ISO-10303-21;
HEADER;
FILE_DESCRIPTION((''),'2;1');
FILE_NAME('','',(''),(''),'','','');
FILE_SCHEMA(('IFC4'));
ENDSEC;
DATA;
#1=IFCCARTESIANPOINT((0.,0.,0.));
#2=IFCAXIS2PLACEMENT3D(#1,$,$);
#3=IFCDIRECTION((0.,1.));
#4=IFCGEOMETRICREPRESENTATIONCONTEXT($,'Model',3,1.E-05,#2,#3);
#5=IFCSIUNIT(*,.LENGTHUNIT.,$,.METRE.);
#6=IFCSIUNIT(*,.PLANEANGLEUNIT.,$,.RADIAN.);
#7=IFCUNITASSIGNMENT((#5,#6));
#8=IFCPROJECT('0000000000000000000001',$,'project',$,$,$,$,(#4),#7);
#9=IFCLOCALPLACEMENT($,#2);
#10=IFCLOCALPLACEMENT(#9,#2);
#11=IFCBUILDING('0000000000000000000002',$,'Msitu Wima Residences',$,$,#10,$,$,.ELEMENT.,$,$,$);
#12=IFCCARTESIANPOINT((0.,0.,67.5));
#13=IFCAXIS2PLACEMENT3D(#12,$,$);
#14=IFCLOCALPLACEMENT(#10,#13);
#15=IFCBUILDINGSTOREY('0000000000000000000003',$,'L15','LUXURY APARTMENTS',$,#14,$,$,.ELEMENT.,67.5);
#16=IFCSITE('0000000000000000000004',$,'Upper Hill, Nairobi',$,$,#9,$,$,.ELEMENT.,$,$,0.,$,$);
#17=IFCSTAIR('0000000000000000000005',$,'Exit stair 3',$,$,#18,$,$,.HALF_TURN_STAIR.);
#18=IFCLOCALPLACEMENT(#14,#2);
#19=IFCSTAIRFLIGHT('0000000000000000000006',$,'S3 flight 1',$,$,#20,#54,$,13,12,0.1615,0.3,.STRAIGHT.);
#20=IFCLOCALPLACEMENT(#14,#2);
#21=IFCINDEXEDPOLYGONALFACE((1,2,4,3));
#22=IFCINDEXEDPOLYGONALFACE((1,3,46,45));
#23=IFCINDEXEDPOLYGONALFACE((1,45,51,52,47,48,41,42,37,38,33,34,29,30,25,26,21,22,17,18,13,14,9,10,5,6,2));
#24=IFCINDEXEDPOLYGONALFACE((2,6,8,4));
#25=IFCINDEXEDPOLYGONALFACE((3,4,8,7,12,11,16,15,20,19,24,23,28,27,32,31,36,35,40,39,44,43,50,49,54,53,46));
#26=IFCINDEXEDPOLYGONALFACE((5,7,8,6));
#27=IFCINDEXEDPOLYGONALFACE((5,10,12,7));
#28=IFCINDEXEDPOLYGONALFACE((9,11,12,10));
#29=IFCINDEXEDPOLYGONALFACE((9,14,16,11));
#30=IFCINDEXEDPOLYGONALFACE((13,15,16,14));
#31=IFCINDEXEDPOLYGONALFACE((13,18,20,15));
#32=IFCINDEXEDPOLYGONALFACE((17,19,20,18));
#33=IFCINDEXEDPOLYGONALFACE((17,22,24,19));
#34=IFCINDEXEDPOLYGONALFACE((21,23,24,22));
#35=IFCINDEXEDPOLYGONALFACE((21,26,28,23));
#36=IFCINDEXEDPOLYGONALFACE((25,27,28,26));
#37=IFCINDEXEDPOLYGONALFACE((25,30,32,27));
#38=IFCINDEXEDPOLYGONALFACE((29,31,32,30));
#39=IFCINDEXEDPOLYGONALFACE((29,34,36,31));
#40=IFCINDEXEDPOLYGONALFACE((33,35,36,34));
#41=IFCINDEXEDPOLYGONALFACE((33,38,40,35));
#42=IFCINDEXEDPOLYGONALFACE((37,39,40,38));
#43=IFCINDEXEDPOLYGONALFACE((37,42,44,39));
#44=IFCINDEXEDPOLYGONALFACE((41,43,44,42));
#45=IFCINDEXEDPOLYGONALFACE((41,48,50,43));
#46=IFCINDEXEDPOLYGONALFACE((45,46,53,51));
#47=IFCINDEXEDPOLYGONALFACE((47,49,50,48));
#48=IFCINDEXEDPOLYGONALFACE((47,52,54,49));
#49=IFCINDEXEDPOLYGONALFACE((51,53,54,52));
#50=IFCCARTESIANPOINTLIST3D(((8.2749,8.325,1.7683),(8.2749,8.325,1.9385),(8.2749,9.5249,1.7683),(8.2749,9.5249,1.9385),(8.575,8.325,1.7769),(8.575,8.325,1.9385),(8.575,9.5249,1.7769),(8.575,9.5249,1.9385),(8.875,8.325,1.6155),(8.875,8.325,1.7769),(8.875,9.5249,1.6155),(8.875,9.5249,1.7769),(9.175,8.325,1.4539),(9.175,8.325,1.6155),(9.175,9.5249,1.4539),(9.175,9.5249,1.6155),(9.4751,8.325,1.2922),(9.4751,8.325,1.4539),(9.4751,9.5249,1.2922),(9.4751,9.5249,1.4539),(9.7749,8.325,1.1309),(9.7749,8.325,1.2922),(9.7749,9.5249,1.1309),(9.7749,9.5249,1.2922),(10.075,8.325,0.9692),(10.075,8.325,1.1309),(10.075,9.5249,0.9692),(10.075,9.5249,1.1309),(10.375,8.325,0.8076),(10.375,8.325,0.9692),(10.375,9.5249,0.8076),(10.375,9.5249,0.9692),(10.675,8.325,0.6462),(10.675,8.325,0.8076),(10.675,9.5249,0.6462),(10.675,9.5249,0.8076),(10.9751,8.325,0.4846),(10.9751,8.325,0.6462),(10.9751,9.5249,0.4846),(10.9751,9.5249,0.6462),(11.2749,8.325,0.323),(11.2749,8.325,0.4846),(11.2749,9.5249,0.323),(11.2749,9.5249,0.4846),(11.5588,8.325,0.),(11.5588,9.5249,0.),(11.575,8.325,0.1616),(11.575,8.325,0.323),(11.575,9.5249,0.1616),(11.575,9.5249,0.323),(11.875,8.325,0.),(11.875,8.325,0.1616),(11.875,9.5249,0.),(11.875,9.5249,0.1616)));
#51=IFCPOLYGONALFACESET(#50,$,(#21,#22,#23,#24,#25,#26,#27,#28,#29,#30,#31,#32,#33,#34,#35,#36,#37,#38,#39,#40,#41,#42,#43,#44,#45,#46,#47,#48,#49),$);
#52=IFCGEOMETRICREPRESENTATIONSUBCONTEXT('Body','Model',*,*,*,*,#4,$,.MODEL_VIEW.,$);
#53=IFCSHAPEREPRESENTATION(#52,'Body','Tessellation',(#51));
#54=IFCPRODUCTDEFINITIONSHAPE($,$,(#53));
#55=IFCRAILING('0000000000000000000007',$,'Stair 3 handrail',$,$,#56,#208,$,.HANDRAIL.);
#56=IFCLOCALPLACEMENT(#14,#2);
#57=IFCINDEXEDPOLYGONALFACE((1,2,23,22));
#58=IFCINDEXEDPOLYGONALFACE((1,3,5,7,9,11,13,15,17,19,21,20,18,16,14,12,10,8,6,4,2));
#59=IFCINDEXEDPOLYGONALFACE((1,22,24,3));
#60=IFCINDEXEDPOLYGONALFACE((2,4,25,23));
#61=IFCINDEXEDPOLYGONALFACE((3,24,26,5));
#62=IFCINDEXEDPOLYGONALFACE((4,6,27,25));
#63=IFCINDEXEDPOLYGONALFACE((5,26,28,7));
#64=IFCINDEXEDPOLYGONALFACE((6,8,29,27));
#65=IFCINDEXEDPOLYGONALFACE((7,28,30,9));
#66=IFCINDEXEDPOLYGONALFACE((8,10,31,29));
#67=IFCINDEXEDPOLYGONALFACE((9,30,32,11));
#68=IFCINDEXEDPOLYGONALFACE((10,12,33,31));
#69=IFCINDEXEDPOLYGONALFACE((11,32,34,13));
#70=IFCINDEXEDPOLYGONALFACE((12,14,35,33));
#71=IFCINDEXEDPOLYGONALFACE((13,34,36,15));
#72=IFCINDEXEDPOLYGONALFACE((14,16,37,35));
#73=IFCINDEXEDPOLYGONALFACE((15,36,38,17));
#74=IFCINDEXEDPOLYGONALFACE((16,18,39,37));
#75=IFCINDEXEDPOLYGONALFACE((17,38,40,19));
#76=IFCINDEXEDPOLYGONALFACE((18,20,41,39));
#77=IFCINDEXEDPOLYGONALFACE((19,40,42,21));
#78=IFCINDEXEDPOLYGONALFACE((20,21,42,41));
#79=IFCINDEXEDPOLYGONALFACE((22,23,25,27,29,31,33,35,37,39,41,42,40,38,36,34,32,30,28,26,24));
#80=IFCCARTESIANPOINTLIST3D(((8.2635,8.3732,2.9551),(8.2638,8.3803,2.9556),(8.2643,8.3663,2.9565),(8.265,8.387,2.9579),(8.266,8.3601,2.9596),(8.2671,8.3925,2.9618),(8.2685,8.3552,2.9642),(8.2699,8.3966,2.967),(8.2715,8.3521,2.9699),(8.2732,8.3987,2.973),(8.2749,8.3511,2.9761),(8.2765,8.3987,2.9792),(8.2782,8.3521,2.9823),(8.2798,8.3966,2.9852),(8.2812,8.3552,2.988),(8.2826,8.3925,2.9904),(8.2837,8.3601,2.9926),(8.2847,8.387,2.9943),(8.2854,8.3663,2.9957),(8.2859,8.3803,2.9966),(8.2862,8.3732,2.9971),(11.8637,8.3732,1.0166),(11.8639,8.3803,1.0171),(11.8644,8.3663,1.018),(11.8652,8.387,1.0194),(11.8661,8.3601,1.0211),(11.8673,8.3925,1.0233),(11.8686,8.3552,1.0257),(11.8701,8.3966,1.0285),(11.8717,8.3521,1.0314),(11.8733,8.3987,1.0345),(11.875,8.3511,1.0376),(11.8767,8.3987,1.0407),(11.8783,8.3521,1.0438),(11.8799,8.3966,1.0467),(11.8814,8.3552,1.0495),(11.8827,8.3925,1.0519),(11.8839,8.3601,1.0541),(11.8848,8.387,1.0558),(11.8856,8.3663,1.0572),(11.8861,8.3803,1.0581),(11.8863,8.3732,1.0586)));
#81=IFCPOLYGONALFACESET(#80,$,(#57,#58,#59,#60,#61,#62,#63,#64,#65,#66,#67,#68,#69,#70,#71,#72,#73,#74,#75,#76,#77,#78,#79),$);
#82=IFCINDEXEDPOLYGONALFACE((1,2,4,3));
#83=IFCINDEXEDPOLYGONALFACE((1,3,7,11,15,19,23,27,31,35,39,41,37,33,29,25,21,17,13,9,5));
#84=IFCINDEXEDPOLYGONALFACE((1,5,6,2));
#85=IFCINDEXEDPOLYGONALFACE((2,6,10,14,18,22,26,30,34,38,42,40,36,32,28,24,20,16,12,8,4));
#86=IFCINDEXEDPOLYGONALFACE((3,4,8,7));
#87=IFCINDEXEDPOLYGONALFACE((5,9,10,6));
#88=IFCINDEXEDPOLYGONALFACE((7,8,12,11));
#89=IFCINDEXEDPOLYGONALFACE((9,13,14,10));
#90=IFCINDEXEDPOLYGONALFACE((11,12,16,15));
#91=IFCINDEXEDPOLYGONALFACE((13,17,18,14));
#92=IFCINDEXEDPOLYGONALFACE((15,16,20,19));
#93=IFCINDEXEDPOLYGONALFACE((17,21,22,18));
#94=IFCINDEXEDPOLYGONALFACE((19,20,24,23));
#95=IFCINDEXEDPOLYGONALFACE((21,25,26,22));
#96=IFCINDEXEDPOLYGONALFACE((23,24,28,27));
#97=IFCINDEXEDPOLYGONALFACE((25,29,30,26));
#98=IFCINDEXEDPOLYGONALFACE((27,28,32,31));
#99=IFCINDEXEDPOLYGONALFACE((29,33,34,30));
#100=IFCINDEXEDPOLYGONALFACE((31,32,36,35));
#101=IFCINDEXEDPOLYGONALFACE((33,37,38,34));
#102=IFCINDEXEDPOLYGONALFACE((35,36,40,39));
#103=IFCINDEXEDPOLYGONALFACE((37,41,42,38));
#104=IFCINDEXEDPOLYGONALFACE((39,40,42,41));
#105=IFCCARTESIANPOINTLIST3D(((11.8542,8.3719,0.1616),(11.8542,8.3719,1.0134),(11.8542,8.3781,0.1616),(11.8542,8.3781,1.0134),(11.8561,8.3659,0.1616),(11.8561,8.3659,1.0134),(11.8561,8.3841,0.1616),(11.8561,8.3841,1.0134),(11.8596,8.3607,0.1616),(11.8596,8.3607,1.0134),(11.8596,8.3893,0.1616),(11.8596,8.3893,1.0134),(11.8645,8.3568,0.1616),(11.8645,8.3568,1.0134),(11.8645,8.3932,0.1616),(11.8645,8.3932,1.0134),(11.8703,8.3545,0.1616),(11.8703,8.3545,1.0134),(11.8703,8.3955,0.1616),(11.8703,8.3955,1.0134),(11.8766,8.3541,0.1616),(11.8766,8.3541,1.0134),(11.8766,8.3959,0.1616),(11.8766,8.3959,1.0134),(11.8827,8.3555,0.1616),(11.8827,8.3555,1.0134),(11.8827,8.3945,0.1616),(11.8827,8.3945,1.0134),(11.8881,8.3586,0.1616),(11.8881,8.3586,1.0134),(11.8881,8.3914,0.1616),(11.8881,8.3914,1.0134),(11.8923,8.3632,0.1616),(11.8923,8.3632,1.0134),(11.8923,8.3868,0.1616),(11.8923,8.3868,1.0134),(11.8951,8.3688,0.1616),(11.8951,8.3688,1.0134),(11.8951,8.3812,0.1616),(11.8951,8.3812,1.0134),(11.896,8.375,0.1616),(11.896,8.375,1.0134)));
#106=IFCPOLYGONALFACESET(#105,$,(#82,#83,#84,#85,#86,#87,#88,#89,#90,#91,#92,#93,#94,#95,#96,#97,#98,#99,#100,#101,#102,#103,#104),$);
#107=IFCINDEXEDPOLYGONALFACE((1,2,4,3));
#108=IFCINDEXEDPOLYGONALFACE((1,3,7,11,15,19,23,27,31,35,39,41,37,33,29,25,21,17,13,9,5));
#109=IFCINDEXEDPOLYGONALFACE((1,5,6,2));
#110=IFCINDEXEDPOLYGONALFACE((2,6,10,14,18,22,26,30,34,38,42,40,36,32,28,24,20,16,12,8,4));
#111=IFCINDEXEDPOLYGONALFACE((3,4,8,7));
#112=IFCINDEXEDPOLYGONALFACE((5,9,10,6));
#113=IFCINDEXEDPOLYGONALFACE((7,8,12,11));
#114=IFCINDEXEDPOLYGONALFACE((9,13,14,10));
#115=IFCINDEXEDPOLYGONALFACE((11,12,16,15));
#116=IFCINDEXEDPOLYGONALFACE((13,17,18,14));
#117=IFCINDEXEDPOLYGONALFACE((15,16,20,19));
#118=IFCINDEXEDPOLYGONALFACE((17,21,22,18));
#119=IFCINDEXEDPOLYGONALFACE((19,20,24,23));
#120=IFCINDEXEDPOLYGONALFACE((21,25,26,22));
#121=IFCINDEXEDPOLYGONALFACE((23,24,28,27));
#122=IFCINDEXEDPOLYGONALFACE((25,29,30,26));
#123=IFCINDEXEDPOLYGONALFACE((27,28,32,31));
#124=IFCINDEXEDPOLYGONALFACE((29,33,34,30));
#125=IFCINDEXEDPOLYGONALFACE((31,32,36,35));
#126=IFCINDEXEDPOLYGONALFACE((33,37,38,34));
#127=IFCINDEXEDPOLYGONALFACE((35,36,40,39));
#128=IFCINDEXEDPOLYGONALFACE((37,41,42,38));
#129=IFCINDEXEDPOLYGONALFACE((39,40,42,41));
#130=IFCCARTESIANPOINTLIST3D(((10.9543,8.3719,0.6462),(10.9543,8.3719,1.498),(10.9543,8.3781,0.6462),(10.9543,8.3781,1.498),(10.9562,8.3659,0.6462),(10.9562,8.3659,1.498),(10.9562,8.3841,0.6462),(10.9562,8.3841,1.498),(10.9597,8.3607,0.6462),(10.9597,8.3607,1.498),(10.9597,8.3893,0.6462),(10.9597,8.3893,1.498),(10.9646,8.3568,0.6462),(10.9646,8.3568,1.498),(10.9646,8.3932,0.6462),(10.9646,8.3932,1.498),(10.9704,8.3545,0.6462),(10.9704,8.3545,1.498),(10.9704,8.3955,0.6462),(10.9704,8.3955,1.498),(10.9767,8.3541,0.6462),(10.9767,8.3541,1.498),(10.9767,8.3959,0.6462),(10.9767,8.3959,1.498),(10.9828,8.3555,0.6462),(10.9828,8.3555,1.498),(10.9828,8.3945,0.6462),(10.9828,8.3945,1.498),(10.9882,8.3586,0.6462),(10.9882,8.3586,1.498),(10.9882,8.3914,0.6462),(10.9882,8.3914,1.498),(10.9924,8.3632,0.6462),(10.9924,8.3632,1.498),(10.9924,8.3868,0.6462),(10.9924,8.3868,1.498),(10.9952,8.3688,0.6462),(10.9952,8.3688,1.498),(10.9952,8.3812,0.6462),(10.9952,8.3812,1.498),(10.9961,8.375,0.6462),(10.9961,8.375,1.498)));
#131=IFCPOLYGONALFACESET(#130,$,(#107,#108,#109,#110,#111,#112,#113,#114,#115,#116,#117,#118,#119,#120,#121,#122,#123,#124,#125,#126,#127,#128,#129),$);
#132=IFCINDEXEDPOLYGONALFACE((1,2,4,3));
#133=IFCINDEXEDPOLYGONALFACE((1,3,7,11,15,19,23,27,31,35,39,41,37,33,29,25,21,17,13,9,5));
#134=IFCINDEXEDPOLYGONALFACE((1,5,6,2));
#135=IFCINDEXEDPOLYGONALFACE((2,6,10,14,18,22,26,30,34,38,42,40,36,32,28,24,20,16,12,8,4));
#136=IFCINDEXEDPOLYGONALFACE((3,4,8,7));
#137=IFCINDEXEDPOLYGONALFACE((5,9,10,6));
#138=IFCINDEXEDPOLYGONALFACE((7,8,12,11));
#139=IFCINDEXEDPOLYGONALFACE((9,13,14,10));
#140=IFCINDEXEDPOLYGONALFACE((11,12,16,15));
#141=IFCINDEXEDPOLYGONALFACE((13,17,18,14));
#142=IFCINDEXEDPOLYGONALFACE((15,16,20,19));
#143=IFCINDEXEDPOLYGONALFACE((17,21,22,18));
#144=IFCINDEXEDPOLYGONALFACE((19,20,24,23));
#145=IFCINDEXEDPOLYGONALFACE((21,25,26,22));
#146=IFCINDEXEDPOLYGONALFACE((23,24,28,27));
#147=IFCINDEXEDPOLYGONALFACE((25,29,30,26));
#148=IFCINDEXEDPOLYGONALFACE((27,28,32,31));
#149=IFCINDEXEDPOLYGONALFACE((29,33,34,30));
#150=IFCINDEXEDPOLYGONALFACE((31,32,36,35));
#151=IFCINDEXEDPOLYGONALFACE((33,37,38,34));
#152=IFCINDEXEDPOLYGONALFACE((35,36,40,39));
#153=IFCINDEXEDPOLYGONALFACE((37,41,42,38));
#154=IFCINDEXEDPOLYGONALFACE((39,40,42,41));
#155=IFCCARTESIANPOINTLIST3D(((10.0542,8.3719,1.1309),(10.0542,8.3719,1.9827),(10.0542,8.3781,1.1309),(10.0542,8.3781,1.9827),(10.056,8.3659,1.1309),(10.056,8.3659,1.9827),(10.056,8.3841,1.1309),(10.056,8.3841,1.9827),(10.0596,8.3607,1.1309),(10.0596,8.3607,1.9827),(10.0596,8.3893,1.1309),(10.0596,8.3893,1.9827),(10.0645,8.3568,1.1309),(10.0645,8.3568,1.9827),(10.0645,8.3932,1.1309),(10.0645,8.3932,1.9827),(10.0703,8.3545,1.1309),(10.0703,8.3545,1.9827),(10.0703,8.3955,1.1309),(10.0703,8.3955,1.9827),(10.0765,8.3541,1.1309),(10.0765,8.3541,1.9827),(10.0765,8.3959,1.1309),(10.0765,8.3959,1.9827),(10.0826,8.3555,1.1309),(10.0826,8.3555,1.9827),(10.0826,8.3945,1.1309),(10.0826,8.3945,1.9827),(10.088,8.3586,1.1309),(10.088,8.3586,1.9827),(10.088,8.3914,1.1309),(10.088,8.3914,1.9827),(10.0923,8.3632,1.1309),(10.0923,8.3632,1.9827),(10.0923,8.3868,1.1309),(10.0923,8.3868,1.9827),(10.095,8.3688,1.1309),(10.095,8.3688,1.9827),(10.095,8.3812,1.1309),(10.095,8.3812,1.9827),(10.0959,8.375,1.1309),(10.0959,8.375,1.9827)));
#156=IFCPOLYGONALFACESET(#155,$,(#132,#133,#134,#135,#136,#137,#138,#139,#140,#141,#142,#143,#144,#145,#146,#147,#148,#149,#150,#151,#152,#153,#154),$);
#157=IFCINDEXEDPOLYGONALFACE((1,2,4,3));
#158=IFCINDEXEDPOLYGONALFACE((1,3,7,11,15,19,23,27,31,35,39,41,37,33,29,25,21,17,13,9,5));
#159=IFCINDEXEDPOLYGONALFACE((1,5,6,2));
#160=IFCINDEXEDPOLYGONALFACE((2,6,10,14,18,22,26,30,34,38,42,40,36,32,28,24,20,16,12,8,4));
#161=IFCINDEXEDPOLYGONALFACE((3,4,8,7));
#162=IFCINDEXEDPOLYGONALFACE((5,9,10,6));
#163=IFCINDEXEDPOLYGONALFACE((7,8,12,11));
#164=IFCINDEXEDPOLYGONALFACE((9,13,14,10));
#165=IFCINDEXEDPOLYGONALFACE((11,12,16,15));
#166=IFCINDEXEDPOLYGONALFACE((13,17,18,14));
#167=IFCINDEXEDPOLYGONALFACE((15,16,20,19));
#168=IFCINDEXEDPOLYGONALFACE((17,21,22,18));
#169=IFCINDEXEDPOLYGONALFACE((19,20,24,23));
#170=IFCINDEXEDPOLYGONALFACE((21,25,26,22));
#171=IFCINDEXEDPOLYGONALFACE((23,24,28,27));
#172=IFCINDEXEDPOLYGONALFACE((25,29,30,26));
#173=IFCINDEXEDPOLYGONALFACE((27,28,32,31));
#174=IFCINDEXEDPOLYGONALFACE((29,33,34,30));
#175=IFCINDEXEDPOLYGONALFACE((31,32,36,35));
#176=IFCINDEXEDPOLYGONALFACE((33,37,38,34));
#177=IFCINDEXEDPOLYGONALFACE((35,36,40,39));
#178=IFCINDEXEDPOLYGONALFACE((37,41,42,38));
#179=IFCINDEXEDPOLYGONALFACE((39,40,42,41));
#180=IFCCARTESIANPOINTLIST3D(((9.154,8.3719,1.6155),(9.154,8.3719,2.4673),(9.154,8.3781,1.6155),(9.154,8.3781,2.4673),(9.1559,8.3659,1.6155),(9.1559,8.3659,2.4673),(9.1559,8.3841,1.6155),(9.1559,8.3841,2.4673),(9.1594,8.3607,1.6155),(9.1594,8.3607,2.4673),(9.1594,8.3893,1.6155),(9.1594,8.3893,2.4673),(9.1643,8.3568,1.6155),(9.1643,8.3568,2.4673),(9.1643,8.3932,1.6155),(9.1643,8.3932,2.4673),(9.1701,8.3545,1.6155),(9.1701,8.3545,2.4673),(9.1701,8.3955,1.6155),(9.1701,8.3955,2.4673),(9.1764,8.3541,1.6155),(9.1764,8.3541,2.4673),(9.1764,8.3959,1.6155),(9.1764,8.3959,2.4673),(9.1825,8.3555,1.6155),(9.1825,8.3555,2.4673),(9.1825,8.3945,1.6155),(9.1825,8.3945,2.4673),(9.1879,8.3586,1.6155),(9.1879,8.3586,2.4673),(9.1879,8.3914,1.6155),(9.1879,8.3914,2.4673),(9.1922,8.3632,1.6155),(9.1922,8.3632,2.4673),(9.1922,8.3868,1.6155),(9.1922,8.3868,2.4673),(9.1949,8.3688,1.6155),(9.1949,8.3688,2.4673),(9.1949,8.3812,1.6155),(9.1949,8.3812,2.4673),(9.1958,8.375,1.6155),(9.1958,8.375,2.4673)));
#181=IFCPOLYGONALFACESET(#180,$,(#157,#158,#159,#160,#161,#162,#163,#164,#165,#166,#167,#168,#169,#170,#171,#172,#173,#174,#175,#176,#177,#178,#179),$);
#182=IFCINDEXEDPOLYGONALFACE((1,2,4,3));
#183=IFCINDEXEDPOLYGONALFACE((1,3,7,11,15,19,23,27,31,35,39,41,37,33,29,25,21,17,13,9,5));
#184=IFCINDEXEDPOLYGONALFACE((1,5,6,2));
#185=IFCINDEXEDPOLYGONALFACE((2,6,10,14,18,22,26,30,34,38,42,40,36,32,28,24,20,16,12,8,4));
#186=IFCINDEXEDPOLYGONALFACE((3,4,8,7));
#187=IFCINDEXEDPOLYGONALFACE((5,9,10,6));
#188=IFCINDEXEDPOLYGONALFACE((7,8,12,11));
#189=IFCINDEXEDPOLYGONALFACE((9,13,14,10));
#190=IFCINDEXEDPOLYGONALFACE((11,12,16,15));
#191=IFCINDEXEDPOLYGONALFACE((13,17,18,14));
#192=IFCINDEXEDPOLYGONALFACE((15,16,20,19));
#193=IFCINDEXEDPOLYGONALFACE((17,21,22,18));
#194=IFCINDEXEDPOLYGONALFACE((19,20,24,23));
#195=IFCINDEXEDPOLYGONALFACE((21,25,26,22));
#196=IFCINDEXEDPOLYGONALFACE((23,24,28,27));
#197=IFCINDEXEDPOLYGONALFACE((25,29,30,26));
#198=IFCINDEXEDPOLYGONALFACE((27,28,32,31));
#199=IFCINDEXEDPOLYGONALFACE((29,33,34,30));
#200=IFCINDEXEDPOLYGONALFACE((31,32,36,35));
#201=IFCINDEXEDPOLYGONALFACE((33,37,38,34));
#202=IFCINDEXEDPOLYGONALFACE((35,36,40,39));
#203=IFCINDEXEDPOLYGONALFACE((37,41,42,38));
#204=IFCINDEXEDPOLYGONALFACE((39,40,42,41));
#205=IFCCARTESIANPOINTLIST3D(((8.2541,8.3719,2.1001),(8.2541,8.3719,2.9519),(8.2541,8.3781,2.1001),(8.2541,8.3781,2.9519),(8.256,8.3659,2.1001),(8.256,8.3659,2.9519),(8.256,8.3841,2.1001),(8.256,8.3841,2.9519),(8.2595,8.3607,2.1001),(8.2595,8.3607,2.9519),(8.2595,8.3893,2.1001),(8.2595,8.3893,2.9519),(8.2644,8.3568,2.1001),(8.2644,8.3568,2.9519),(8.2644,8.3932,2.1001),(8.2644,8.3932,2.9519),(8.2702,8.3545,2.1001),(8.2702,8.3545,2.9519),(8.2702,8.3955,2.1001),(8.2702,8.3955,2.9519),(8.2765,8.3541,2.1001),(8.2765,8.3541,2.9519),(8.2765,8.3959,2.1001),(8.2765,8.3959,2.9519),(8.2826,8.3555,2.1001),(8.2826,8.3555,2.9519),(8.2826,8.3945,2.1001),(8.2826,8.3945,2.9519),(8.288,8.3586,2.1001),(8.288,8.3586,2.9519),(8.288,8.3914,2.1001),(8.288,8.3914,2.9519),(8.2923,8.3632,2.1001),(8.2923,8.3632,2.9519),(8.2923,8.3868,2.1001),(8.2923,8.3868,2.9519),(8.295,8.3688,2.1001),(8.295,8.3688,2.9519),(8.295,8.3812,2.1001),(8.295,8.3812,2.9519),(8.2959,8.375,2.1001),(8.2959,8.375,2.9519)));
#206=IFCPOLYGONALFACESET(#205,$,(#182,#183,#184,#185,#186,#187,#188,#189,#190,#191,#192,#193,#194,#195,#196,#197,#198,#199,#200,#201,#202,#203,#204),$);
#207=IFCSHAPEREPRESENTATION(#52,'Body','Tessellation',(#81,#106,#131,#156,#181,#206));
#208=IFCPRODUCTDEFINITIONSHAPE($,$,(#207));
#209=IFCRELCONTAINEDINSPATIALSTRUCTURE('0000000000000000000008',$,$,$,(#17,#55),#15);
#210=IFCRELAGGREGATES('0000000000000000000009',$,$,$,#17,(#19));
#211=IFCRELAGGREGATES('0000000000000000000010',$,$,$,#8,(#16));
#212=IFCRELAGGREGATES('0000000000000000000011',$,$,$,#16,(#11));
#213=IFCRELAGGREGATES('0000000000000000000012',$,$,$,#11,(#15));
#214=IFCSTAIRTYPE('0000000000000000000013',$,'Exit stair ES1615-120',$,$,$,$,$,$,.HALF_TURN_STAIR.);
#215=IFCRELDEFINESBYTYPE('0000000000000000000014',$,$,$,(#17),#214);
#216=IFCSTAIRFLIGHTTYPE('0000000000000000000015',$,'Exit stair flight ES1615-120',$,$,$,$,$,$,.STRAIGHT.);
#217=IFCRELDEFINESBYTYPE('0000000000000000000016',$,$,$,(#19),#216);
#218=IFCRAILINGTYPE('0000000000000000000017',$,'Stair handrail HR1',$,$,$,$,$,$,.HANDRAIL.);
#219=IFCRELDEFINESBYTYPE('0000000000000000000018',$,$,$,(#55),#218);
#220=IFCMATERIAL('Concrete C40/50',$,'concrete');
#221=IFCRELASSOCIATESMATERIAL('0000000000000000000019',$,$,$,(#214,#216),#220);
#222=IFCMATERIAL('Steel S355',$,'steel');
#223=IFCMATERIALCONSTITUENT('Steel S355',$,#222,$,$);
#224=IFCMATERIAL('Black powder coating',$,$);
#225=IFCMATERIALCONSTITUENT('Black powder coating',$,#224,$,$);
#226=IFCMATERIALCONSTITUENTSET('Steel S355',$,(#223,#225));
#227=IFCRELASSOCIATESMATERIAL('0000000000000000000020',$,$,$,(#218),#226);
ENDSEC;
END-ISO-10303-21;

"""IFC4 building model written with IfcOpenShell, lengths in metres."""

from ifc_helpers import new_model, si_unit, direction, frame, origin, origin_2d, place, context, subcontext, project, spatial, polyline, circle, outline, extrude, material, constituent, constituent_set, type_object, element, aggregate, save


model = new_model("IFC4")

# Units and contexts
model_context = context("Model", 3, precision=1e-05, world=origin(), true_north=direction((0.0, 1.0)))
body_context = subcontext(model_context, "Body", "Model", "MODEL_VIEW")
ifc_project = project(units=[si_unit("LENGTHUNIT", "METRE"), si_unit("PLANEANGLEUNIT", "RADIAN")], contexts=[model_context])

# Site, building, storey
site_placement = place(None, origin())
site = spatial("IfcSite", under=ifc_project, at=site_placement, Name="Upper Hill, Nairobi", CompositionType="ELEMENT", RefElevation=0.0)
building_placement = place(site_placement, origin())
building = spatial("IfcBuilding", under=site, at=building_placement, Name="Msitu Wima Residences", CompositionType="ELEMENT")
storey_placement = place(building_placement, frame((0.0, 0.0, 67.5)))
storey = spatial("IfcBuildingStorey", under=building, at=storey_placement, Name="L15", Description="LUXURY APARTMENTS", CompositionType="ELEMENT", Elevation=67.5)

# Shared definitions
ifc_material_1 = material(Name="Concrete C40/50", Category="concrete")

# Stair
stair_type = type_object("IfcStairType", Name="Exit stair ES1615-120", PredefinedType="HALF_TURN_STAIR", material=ifc_material_1)
stair_1_placement = place(storey_placement, origin())
stair_1 = element("IfcStair", 1, at=stair_1_placement, inside=storey, type_object=stair_type, Name="Exit stair 3", PredefinedType="HALF_TURN_STAIR")

# Stair flight
stair_flight_type = type_object("IfcStairFlightType", Name="Exit stair flight ES1615-120", PredefinedType="STRAIGHT", material=ifc_material_1)
stair_flight_placement = place(storey_placement, frame((11.875, 8.925, 0.0), z_axis=(0.0, 0.0, 1.0), x_axis=(-1.0, 0.0, 0.0)))
stair_flight = element("IfcStairFlight", 2, at=stair_flight_placement, type_object=stair_flight_type, Name="S3 flight 1", NumberOfRisers=13, NumberOfTreads=12, PredefinedType="STRAIGHT", RiserHeight=0.1615, TreadLength=0.3, context=body_context, shape_type="SweptSolid", body=[
    extrude(outline(polyline([(0.0, 0.0), (0.0, 0.1616), (0.3, 0.1616), (0.3, 0.323), (0.6001, 0.323), (0.6001, 0.4846), (0.8999, 0.4846), (0.8999, 0.6462), (1.2, 0.6462), (1.2, 0.8076), (1.5, 0.8076), (1.5, 0.9692), (1.8, 0.9692), (1.8, 1.1309), (2.1001, 1.1309), (2.1001, 1.2922), (2.3999, 1.2922), (2.3999, 1.4539), (2.7, 1.4539), (2.7, 1.6155), (3.0, 1.6155), (3.0, 1.7769), (3.3, 1.7769), (3.3, 1.9385), (3.6001, 1.9385), (3.6001, 2.1001), (3.6001, 1.7683), (0.3162, 0.0), (0.0, 0.0)])), frame((0.0, 0.6001, 0.0), z_axis=(0.0, -1.0, 0.0), x_axis=(1.0, 0.0, 0.0)), (0.0, 0.0, 1.0), 1.2),
])
aggregate(stair_1, [stair_flight])

# Railing
ifc_material_2 = material(Name="Steel S355", Category="steel")
ifc_constituent_1 = constituent(ifc_material_2, Name="Steel S355")
ifc_material_3 = material(Name="Black powder coating")
ifc_constituent_2 = constituent(ifc_material_3, Name="Black powder coating")
ifc_constituent_set = constituent_set(constituents=[ifc_constituent_1, ifc_constituent_2], Name="Steel S355")
railing_type = type_object("IfcRailingType", Name="Stair handrail HR1", PredefinedType="HANDRAIL", material=ifc_constituent_set)
railing_placement = place(storey_placement, frame((11.875, 8.375, 0.1616)))
element("IfcRailing", 3, at=railing_placement, inside=storey, type_object=railing_type, Name="Stair 3 handrail", PredefinedType="HANDRAIL", context=body_context, shape_type="SweptSolid", body=[
    extrude(circle(Radius=0.0239, at=origin_2d()), frame((0.0, 0.0, 0.876), z_axis=(-0.880475, 0.0, 0.474093), x_axis=(0.0, -1.0, 0.0)), (0.0, 0.0, 1.0), 4.0889),
    extrude(circle(Radius=0.021, at=origin_2d()), origin(), (0.0, 0.0, 1.0), 0.8518),
    extrude(circle(Radius=0.021, at=origin_2d()), frame((-0.8999, 0.0, 0.4846)), (0.0, 0.0, 1.0), 0.8518),
    extrude(circle(Radius=0.021, at=origin_2d()), frame((-1.8, 0.0, 0.9692)), (0.0, 0.0, 1.0), 0.8518),
    extrude(circle(Radius=0.021, at=origin_2d()), frame((-2.7002, 0.0, 1.4539)), (0.0, 0.0, 1.0), 0.8518),
    extrude(circle(Radius=0.021, at=origin_2d()), frame((-3.6001, 0.0, 1.9385)), (0.0, 0.0, 1.0), 0.8518),
])

save(model, "model.ifc")
